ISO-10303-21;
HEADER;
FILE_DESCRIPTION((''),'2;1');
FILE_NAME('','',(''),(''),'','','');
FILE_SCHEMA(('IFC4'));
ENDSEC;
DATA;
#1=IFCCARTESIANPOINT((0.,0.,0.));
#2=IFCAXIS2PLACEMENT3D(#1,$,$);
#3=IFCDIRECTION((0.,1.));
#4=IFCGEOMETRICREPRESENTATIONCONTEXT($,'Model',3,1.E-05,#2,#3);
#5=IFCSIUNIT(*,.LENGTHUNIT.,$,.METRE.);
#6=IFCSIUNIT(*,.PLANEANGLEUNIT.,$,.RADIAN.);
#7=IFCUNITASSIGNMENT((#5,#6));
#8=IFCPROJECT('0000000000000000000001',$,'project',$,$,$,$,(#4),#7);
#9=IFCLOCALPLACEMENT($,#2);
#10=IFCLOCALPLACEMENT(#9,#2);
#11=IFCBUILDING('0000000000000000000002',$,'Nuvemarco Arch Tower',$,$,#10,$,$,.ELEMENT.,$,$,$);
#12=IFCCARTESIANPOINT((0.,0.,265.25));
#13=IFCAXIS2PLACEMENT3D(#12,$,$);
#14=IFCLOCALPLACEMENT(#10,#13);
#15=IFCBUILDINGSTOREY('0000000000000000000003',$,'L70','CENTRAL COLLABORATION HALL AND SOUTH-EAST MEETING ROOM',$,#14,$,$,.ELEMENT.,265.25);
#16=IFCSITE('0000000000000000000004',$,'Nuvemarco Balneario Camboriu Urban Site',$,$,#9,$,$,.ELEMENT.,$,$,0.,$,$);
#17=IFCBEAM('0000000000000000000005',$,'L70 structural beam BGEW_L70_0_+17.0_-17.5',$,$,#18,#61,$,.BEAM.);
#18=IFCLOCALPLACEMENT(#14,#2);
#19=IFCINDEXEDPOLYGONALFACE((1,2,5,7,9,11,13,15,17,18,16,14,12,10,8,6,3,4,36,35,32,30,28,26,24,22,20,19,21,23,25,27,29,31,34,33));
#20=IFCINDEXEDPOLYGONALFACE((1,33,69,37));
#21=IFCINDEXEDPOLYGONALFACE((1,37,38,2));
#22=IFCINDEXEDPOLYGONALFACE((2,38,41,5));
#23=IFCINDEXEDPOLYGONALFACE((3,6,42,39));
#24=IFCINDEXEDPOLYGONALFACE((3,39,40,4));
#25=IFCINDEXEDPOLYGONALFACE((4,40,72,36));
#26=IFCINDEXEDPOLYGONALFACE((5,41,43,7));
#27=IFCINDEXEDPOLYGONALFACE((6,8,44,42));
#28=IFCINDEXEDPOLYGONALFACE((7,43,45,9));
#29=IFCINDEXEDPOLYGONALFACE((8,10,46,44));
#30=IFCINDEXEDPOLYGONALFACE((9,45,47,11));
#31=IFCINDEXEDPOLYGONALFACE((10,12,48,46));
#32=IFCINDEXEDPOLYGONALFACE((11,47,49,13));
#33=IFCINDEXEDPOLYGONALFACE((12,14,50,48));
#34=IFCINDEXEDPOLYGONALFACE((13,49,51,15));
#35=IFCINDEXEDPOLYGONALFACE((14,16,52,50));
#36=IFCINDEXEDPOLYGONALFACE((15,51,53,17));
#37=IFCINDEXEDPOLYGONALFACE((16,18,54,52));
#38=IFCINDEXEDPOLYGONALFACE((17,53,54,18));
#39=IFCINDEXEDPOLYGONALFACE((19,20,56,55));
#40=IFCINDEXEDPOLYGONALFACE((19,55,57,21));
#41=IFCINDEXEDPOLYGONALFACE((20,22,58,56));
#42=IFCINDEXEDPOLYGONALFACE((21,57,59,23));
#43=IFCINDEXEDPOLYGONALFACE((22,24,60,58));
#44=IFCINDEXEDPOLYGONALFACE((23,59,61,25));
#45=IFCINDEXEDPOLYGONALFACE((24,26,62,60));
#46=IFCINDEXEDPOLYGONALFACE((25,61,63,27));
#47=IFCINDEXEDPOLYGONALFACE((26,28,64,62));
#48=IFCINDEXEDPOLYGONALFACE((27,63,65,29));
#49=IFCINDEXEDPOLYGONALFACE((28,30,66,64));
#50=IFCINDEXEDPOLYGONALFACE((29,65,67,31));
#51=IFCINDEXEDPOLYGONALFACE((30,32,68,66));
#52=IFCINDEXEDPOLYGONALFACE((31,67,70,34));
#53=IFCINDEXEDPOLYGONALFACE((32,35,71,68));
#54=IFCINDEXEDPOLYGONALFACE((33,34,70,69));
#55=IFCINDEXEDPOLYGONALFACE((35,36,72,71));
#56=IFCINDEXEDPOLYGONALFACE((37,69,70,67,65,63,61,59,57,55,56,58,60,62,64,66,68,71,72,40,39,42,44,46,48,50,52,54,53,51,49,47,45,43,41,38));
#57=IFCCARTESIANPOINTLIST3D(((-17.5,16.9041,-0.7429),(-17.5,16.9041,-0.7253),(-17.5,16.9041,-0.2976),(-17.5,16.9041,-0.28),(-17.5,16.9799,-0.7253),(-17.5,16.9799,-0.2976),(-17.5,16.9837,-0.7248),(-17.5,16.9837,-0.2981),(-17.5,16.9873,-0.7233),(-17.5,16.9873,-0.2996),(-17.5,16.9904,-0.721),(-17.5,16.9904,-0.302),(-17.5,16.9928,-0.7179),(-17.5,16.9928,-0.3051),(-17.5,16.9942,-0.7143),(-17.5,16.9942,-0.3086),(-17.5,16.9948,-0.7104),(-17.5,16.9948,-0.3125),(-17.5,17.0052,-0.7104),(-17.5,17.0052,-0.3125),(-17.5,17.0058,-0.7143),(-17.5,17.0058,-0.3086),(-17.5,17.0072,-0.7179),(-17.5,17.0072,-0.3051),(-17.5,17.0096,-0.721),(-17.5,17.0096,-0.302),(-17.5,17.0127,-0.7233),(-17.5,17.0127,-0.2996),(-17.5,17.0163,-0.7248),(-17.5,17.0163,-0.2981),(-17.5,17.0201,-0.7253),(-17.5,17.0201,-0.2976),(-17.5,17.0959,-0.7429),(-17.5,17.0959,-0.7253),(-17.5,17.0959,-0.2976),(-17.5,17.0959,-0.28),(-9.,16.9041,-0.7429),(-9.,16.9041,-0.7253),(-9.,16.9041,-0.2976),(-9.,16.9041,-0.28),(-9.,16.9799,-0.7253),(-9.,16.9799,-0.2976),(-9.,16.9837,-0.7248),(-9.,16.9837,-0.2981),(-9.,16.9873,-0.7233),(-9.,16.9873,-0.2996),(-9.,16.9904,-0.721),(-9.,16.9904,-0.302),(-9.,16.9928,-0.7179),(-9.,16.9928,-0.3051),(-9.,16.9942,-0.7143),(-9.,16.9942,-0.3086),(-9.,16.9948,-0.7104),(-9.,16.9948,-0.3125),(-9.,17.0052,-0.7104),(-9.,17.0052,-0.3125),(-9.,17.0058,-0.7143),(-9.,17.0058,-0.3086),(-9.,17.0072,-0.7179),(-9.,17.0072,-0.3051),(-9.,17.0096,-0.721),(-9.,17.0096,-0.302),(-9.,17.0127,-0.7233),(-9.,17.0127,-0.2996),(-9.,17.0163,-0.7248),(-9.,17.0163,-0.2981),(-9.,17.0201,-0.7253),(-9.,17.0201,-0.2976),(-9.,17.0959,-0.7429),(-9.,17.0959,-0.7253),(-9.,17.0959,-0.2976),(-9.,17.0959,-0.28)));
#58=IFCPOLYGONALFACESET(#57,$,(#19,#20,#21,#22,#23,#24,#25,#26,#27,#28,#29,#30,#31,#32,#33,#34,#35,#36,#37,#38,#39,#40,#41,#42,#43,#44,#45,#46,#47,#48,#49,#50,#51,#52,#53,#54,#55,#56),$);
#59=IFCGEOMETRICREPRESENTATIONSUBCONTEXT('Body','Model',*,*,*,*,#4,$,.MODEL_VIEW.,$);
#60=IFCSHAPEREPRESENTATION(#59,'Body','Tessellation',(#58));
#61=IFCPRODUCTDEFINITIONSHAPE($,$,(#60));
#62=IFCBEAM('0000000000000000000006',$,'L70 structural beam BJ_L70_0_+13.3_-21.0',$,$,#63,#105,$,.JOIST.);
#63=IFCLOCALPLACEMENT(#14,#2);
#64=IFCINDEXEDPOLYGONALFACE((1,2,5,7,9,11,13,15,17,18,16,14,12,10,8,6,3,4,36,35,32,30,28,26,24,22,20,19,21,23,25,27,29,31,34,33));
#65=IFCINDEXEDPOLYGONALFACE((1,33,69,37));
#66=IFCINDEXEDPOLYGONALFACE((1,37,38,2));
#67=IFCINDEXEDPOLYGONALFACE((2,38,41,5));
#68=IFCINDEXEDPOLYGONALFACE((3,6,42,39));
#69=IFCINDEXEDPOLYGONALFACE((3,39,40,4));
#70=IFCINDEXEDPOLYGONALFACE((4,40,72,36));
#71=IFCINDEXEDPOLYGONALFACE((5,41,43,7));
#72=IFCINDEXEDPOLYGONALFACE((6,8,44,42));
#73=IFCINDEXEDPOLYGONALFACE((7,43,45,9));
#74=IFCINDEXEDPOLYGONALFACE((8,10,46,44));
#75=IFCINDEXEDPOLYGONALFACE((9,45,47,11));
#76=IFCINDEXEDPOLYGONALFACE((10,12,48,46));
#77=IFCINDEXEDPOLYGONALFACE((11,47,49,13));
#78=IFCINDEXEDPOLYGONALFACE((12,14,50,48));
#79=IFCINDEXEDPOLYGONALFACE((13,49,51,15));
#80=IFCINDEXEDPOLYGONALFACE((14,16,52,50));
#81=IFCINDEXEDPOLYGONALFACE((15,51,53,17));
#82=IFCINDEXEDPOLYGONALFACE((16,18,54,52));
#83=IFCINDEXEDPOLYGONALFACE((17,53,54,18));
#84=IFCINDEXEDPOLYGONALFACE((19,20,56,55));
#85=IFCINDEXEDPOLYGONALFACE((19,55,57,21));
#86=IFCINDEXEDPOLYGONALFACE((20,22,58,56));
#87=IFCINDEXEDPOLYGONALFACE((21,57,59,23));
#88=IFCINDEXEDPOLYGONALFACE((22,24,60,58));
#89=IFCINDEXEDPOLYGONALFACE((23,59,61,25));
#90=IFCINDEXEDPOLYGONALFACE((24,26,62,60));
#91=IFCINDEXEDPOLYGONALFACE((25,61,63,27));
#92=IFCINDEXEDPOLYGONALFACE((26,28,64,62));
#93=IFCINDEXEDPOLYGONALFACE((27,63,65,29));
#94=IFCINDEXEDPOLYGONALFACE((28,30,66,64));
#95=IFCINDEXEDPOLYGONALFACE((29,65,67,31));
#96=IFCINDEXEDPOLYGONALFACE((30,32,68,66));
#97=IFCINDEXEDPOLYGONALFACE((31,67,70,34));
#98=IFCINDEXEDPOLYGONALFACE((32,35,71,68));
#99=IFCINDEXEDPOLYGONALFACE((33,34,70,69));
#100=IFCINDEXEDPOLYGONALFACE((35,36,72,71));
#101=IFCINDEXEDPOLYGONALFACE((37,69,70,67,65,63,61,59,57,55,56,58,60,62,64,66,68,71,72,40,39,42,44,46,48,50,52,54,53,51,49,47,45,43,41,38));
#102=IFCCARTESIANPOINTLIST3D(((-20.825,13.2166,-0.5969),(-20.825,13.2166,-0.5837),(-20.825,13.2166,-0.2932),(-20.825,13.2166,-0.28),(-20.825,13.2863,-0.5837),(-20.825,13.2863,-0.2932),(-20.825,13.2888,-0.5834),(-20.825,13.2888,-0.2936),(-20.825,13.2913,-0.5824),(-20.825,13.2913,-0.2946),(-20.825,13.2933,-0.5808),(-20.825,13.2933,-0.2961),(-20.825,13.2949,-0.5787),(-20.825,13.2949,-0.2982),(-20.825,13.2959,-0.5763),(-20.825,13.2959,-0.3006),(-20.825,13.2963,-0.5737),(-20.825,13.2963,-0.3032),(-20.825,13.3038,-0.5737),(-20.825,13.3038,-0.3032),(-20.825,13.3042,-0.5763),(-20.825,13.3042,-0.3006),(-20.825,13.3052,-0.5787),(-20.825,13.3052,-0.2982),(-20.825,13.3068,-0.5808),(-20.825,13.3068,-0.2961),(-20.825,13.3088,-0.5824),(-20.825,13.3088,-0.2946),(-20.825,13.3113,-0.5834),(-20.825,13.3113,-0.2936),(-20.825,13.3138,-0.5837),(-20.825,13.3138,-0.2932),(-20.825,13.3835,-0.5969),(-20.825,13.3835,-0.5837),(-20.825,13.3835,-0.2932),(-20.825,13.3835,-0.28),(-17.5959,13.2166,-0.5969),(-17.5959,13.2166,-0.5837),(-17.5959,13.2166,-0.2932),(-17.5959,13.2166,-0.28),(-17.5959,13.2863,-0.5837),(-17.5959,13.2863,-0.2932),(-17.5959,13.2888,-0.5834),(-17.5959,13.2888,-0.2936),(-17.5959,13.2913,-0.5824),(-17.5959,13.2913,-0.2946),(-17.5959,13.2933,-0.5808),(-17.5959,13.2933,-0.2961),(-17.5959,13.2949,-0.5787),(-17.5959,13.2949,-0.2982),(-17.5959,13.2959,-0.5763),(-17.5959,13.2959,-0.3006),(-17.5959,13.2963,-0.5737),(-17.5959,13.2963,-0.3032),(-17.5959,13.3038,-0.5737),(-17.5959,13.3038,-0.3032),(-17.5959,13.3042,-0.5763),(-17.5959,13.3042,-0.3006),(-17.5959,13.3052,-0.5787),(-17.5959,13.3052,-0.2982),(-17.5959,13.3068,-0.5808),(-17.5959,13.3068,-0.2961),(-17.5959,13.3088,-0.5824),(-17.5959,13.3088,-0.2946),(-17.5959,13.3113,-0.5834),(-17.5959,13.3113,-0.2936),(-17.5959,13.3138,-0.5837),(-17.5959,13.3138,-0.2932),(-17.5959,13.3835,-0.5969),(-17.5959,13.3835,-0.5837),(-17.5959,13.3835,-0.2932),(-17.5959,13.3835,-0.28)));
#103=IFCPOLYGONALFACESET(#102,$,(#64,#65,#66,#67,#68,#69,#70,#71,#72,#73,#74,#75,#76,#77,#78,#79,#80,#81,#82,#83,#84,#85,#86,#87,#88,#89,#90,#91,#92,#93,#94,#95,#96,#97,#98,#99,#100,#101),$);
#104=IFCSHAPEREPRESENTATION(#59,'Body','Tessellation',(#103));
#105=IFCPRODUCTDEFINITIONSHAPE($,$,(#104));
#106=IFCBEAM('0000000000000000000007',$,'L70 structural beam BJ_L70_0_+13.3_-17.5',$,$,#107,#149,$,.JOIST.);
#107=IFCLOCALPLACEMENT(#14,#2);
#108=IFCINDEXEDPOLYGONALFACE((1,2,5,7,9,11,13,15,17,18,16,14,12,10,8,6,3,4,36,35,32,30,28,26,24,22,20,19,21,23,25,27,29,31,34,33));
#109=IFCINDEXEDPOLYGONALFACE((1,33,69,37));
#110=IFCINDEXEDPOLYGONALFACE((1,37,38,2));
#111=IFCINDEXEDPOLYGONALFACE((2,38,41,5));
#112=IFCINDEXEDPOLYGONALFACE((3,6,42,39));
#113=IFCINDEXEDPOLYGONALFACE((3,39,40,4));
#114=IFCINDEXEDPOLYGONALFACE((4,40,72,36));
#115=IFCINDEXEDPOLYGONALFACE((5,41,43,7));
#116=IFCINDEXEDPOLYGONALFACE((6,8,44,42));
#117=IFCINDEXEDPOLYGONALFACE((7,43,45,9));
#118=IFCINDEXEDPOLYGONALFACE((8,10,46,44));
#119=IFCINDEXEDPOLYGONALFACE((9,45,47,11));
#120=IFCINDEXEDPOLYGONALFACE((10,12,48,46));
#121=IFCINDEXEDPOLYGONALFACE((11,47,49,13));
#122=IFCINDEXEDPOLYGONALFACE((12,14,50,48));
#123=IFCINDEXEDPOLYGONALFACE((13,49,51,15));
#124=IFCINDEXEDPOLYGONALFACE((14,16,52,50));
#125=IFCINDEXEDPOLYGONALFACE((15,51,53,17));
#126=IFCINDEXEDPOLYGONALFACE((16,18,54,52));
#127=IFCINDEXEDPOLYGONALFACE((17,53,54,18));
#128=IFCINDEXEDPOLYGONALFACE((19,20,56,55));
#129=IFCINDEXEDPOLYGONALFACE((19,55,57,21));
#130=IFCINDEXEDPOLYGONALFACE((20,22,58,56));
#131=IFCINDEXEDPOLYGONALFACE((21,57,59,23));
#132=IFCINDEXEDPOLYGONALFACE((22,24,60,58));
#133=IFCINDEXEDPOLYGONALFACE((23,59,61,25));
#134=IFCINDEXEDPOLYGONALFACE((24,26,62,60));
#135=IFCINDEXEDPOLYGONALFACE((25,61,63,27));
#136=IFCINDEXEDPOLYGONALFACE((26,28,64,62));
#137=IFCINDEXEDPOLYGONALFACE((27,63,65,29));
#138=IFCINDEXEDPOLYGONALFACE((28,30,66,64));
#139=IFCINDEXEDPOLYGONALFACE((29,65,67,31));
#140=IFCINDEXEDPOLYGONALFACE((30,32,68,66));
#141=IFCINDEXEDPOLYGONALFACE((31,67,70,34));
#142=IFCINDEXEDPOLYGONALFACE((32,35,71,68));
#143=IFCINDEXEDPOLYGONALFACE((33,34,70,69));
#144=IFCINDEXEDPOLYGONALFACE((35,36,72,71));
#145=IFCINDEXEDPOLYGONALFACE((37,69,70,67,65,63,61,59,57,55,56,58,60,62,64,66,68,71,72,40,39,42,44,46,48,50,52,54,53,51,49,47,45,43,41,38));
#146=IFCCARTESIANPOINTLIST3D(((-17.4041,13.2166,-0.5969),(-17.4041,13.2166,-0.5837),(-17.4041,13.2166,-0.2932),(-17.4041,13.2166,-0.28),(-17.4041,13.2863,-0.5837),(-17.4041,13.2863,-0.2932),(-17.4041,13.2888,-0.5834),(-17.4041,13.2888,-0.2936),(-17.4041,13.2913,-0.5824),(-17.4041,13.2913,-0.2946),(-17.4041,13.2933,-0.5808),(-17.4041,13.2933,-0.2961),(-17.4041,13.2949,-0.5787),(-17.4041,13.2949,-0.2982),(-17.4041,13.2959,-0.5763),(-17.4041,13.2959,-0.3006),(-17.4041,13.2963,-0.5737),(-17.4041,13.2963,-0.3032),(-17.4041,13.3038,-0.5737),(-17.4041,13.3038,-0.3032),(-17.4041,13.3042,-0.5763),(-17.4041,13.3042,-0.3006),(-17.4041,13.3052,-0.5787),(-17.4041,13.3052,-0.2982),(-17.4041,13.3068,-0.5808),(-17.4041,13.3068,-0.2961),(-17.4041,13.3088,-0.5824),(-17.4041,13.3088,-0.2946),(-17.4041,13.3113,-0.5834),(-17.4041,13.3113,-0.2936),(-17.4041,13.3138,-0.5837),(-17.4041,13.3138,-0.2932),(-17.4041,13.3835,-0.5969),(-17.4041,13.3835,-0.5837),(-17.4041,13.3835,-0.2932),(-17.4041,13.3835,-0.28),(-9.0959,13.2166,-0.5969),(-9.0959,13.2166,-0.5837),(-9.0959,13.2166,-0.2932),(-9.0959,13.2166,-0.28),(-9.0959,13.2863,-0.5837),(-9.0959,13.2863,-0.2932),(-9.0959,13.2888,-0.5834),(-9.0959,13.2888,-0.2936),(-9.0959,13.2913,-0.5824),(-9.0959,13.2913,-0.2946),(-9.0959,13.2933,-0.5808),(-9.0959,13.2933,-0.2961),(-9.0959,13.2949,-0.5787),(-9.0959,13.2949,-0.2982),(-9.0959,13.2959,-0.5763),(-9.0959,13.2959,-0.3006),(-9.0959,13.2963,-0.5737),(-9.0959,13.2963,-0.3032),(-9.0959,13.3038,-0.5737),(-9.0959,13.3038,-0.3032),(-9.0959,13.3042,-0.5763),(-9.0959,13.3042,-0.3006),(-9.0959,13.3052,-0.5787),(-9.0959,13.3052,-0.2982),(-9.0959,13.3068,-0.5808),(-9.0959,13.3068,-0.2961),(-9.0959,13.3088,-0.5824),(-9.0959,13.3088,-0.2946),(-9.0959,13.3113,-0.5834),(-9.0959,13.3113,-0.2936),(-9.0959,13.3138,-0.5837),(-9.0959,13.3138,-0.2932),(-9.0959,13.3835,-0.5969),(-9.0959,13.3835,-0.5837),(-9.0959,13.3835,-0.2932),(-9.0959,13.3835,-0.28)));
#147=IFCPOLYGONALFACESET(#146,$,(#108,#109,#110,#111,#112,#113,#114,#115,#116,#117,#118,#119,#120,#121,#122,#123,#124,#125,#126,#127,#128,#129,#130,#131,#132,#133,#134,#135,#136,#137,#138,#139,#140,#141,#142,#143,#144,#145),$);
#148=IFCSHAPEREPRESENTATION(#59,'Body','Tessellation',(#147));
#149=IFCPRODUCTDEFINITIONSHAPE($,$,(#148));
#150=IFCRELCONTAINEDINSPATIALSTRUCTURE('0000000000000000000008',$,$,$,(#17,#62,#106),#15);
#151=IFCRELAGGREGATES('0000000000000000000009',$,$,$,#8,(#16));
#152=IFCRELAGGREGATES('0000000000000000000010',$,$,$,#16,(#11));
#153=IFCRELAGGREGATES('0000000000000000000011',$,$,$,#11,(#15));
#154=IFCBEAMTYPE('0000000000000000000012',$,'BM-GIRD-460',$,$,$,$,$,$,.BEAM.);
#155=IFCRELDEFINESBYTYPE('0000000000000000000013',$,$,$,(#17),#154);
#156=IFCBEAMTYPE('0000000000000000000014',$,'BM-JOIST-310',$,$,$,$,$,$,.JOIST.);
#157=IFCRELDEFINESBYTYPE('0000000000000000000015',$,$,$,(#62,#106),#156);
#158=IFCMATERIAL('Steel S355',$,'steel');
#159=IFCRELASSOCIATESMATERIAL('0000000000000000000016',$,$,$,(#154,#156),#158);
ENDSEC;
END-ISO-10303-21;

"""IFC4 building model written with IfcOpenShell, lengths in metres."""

from ifc_helpers import new_model, si_unit, direction, frame, origin, origin_2d, place, context, subcontext, project, spatial, i_section, extrude, material, material_profile, profile_set, type_object, element, save


model = new_model("IFC4")

# Units and contexts
model_context = context("Model", 3, precision=1e-05, world=origin(), true_north=direction((0.0, 1.0)))
body_context = subcontext(model_context, "Body", "Model", "MODEL_VIEW")
ifc_project = project(units=[si_unit("LENGTHUNIT", "METRE"), si_unit("PLANEANGLEUNIT", "RADIAN")], contexts=[model_context])

# Site, building, storey
site_placement = place(None, origin())
site = spatial("IfcSite", under=ifc_project, at=site_placement, Name="Nuvemarco Balneario Camboriu Urban Site", CompositionType="ELEMENT", RefElevation=0.0)
building_placement = place(site_placement, origin())
building = spatial("IfcBuilding", under=site, at=building_placement, Name="Nuvemarco Arch Tower", CompositionType="ELEMENT")
storey_placement = place(building_placement, frame((0.0, 0.0, 265.25)))
storey = spatial("IfcBuildingStorey", under=building, at=storey_placement, Name="L70", Description="CENTRAL COLLABORATION HALL AND SOUTH-EAST MEETING ROOM", CompositionType="ELEMENT", Elevation=265.25)

# Shared definitions
ifc_material_1 = material(Name="Steel S355", Category="steel")

# Beams
ifc_material_profile_1 = material_profile(ifc_material_1, i_section(OverallWidth=0.1919, OverallDepth=0.4629, WebThickness=0.0105, FlangeThickness=0.0176, FilletRadius=0.0149, at=origin_2d()), Name="W460x89")
ifc_profile_set_1 = profile_set([ifc_material_profile_1], Name="Steel S355")
beam_type_1 = type_object("IfcBeamType", Name="BM-GIRD-460", PredefinedType="BEAM", material=ifc_profile_set_1)
beam_1_placement = place(storey_placement, frame((-17.5, 17.0, -0.5115), z_axis=(1.0, 0.0, 0.0), x_axis=(0.0, 1.0, 0.0)))
element("IfcBeam", 1, at=beam_1_placement, inside=storey, type_object=beam_type_1, Name="L70 structural beam BGEW_L70_0_+17.0_-17.5", PredefinedType="BEAM", context=body_context, shape_type="SweptSolid", body=[
    extrude(i_section(OverallWidth=0.1919, OverallDepth=0.4629, WebThickness=0.0105, FlangeThickness=0.0176, FilletRadius=0.0149, at=origin_2d()), origin(), (0.0, 0.0, 1.0), 8.5),
])
ifc_material_profile_2 = material_profile(ifc_material_1, i_section(OverallWidth=0.167, OverallDepth=0.3169, WebThickness=0.0076, FlangeThickness=0.0132, FilletRadius=0.01, at=origin_2d()), Name="W310x52")
ifc_profile_set_2 = profile_set([ifc_material_profile_2], Name="Steel S355")
beam_type_2 = type_object("IfcBeamType", Name="BM-JOIST-310", PredefinedType="JOIST", material=ifc_profile_set_2)
beam_2_placement = place(storey_placement, frame((-20.825, 13.3, -0.4385), z_axis=(1.0, 0.0, 0.0), x_axis=(0.0, 1.0, 0.0)))
element("IfcBeam", 2, at=beam_2_placement, inside=storey, type_object=beam_type_2, Name="L70 structural beam BJ_L70_0_+13.3_-21.0", PredefinedType="JOIST", context=body_context, shape_type="SweptSolid", body=[
    extrude(i_section(OverallWidth=0.167, OverallDepth=0.3169, WebThickness=0.0076, FlangeThickness=0.0132, FilletRadius=0.01, at=origin_2d()), origin(), (0.0, 0.0, 1.0), 3.229),
])
beam_3_placement = place(storey_placement, frame((-17.4041, 13.3, -0.4385), z_axis=(1.0, 0.0, 0.0), x_axis=(0.0, 1.0, 0.0)))
element("IfcBeam", 3, at=beam_3_placement, inside=storey, type_object=beam_type_2, Name="L70 structural beam BJ_L70_0_+13.3_-17.5", PredefinedType="JOIST", context=body_context, shape_type="SweptSolid", body=[
    extrude(i_section(OverallWidth=0.167, OverallDepth=0.3169, WebThickness=0.0076, FlangeThickness=0.0132, FilletRadius=0.01, at=origin_2d()), origin(), (0.0, 0.0, 1.0), 8.3081),
])

save(model, "model.ifc")
